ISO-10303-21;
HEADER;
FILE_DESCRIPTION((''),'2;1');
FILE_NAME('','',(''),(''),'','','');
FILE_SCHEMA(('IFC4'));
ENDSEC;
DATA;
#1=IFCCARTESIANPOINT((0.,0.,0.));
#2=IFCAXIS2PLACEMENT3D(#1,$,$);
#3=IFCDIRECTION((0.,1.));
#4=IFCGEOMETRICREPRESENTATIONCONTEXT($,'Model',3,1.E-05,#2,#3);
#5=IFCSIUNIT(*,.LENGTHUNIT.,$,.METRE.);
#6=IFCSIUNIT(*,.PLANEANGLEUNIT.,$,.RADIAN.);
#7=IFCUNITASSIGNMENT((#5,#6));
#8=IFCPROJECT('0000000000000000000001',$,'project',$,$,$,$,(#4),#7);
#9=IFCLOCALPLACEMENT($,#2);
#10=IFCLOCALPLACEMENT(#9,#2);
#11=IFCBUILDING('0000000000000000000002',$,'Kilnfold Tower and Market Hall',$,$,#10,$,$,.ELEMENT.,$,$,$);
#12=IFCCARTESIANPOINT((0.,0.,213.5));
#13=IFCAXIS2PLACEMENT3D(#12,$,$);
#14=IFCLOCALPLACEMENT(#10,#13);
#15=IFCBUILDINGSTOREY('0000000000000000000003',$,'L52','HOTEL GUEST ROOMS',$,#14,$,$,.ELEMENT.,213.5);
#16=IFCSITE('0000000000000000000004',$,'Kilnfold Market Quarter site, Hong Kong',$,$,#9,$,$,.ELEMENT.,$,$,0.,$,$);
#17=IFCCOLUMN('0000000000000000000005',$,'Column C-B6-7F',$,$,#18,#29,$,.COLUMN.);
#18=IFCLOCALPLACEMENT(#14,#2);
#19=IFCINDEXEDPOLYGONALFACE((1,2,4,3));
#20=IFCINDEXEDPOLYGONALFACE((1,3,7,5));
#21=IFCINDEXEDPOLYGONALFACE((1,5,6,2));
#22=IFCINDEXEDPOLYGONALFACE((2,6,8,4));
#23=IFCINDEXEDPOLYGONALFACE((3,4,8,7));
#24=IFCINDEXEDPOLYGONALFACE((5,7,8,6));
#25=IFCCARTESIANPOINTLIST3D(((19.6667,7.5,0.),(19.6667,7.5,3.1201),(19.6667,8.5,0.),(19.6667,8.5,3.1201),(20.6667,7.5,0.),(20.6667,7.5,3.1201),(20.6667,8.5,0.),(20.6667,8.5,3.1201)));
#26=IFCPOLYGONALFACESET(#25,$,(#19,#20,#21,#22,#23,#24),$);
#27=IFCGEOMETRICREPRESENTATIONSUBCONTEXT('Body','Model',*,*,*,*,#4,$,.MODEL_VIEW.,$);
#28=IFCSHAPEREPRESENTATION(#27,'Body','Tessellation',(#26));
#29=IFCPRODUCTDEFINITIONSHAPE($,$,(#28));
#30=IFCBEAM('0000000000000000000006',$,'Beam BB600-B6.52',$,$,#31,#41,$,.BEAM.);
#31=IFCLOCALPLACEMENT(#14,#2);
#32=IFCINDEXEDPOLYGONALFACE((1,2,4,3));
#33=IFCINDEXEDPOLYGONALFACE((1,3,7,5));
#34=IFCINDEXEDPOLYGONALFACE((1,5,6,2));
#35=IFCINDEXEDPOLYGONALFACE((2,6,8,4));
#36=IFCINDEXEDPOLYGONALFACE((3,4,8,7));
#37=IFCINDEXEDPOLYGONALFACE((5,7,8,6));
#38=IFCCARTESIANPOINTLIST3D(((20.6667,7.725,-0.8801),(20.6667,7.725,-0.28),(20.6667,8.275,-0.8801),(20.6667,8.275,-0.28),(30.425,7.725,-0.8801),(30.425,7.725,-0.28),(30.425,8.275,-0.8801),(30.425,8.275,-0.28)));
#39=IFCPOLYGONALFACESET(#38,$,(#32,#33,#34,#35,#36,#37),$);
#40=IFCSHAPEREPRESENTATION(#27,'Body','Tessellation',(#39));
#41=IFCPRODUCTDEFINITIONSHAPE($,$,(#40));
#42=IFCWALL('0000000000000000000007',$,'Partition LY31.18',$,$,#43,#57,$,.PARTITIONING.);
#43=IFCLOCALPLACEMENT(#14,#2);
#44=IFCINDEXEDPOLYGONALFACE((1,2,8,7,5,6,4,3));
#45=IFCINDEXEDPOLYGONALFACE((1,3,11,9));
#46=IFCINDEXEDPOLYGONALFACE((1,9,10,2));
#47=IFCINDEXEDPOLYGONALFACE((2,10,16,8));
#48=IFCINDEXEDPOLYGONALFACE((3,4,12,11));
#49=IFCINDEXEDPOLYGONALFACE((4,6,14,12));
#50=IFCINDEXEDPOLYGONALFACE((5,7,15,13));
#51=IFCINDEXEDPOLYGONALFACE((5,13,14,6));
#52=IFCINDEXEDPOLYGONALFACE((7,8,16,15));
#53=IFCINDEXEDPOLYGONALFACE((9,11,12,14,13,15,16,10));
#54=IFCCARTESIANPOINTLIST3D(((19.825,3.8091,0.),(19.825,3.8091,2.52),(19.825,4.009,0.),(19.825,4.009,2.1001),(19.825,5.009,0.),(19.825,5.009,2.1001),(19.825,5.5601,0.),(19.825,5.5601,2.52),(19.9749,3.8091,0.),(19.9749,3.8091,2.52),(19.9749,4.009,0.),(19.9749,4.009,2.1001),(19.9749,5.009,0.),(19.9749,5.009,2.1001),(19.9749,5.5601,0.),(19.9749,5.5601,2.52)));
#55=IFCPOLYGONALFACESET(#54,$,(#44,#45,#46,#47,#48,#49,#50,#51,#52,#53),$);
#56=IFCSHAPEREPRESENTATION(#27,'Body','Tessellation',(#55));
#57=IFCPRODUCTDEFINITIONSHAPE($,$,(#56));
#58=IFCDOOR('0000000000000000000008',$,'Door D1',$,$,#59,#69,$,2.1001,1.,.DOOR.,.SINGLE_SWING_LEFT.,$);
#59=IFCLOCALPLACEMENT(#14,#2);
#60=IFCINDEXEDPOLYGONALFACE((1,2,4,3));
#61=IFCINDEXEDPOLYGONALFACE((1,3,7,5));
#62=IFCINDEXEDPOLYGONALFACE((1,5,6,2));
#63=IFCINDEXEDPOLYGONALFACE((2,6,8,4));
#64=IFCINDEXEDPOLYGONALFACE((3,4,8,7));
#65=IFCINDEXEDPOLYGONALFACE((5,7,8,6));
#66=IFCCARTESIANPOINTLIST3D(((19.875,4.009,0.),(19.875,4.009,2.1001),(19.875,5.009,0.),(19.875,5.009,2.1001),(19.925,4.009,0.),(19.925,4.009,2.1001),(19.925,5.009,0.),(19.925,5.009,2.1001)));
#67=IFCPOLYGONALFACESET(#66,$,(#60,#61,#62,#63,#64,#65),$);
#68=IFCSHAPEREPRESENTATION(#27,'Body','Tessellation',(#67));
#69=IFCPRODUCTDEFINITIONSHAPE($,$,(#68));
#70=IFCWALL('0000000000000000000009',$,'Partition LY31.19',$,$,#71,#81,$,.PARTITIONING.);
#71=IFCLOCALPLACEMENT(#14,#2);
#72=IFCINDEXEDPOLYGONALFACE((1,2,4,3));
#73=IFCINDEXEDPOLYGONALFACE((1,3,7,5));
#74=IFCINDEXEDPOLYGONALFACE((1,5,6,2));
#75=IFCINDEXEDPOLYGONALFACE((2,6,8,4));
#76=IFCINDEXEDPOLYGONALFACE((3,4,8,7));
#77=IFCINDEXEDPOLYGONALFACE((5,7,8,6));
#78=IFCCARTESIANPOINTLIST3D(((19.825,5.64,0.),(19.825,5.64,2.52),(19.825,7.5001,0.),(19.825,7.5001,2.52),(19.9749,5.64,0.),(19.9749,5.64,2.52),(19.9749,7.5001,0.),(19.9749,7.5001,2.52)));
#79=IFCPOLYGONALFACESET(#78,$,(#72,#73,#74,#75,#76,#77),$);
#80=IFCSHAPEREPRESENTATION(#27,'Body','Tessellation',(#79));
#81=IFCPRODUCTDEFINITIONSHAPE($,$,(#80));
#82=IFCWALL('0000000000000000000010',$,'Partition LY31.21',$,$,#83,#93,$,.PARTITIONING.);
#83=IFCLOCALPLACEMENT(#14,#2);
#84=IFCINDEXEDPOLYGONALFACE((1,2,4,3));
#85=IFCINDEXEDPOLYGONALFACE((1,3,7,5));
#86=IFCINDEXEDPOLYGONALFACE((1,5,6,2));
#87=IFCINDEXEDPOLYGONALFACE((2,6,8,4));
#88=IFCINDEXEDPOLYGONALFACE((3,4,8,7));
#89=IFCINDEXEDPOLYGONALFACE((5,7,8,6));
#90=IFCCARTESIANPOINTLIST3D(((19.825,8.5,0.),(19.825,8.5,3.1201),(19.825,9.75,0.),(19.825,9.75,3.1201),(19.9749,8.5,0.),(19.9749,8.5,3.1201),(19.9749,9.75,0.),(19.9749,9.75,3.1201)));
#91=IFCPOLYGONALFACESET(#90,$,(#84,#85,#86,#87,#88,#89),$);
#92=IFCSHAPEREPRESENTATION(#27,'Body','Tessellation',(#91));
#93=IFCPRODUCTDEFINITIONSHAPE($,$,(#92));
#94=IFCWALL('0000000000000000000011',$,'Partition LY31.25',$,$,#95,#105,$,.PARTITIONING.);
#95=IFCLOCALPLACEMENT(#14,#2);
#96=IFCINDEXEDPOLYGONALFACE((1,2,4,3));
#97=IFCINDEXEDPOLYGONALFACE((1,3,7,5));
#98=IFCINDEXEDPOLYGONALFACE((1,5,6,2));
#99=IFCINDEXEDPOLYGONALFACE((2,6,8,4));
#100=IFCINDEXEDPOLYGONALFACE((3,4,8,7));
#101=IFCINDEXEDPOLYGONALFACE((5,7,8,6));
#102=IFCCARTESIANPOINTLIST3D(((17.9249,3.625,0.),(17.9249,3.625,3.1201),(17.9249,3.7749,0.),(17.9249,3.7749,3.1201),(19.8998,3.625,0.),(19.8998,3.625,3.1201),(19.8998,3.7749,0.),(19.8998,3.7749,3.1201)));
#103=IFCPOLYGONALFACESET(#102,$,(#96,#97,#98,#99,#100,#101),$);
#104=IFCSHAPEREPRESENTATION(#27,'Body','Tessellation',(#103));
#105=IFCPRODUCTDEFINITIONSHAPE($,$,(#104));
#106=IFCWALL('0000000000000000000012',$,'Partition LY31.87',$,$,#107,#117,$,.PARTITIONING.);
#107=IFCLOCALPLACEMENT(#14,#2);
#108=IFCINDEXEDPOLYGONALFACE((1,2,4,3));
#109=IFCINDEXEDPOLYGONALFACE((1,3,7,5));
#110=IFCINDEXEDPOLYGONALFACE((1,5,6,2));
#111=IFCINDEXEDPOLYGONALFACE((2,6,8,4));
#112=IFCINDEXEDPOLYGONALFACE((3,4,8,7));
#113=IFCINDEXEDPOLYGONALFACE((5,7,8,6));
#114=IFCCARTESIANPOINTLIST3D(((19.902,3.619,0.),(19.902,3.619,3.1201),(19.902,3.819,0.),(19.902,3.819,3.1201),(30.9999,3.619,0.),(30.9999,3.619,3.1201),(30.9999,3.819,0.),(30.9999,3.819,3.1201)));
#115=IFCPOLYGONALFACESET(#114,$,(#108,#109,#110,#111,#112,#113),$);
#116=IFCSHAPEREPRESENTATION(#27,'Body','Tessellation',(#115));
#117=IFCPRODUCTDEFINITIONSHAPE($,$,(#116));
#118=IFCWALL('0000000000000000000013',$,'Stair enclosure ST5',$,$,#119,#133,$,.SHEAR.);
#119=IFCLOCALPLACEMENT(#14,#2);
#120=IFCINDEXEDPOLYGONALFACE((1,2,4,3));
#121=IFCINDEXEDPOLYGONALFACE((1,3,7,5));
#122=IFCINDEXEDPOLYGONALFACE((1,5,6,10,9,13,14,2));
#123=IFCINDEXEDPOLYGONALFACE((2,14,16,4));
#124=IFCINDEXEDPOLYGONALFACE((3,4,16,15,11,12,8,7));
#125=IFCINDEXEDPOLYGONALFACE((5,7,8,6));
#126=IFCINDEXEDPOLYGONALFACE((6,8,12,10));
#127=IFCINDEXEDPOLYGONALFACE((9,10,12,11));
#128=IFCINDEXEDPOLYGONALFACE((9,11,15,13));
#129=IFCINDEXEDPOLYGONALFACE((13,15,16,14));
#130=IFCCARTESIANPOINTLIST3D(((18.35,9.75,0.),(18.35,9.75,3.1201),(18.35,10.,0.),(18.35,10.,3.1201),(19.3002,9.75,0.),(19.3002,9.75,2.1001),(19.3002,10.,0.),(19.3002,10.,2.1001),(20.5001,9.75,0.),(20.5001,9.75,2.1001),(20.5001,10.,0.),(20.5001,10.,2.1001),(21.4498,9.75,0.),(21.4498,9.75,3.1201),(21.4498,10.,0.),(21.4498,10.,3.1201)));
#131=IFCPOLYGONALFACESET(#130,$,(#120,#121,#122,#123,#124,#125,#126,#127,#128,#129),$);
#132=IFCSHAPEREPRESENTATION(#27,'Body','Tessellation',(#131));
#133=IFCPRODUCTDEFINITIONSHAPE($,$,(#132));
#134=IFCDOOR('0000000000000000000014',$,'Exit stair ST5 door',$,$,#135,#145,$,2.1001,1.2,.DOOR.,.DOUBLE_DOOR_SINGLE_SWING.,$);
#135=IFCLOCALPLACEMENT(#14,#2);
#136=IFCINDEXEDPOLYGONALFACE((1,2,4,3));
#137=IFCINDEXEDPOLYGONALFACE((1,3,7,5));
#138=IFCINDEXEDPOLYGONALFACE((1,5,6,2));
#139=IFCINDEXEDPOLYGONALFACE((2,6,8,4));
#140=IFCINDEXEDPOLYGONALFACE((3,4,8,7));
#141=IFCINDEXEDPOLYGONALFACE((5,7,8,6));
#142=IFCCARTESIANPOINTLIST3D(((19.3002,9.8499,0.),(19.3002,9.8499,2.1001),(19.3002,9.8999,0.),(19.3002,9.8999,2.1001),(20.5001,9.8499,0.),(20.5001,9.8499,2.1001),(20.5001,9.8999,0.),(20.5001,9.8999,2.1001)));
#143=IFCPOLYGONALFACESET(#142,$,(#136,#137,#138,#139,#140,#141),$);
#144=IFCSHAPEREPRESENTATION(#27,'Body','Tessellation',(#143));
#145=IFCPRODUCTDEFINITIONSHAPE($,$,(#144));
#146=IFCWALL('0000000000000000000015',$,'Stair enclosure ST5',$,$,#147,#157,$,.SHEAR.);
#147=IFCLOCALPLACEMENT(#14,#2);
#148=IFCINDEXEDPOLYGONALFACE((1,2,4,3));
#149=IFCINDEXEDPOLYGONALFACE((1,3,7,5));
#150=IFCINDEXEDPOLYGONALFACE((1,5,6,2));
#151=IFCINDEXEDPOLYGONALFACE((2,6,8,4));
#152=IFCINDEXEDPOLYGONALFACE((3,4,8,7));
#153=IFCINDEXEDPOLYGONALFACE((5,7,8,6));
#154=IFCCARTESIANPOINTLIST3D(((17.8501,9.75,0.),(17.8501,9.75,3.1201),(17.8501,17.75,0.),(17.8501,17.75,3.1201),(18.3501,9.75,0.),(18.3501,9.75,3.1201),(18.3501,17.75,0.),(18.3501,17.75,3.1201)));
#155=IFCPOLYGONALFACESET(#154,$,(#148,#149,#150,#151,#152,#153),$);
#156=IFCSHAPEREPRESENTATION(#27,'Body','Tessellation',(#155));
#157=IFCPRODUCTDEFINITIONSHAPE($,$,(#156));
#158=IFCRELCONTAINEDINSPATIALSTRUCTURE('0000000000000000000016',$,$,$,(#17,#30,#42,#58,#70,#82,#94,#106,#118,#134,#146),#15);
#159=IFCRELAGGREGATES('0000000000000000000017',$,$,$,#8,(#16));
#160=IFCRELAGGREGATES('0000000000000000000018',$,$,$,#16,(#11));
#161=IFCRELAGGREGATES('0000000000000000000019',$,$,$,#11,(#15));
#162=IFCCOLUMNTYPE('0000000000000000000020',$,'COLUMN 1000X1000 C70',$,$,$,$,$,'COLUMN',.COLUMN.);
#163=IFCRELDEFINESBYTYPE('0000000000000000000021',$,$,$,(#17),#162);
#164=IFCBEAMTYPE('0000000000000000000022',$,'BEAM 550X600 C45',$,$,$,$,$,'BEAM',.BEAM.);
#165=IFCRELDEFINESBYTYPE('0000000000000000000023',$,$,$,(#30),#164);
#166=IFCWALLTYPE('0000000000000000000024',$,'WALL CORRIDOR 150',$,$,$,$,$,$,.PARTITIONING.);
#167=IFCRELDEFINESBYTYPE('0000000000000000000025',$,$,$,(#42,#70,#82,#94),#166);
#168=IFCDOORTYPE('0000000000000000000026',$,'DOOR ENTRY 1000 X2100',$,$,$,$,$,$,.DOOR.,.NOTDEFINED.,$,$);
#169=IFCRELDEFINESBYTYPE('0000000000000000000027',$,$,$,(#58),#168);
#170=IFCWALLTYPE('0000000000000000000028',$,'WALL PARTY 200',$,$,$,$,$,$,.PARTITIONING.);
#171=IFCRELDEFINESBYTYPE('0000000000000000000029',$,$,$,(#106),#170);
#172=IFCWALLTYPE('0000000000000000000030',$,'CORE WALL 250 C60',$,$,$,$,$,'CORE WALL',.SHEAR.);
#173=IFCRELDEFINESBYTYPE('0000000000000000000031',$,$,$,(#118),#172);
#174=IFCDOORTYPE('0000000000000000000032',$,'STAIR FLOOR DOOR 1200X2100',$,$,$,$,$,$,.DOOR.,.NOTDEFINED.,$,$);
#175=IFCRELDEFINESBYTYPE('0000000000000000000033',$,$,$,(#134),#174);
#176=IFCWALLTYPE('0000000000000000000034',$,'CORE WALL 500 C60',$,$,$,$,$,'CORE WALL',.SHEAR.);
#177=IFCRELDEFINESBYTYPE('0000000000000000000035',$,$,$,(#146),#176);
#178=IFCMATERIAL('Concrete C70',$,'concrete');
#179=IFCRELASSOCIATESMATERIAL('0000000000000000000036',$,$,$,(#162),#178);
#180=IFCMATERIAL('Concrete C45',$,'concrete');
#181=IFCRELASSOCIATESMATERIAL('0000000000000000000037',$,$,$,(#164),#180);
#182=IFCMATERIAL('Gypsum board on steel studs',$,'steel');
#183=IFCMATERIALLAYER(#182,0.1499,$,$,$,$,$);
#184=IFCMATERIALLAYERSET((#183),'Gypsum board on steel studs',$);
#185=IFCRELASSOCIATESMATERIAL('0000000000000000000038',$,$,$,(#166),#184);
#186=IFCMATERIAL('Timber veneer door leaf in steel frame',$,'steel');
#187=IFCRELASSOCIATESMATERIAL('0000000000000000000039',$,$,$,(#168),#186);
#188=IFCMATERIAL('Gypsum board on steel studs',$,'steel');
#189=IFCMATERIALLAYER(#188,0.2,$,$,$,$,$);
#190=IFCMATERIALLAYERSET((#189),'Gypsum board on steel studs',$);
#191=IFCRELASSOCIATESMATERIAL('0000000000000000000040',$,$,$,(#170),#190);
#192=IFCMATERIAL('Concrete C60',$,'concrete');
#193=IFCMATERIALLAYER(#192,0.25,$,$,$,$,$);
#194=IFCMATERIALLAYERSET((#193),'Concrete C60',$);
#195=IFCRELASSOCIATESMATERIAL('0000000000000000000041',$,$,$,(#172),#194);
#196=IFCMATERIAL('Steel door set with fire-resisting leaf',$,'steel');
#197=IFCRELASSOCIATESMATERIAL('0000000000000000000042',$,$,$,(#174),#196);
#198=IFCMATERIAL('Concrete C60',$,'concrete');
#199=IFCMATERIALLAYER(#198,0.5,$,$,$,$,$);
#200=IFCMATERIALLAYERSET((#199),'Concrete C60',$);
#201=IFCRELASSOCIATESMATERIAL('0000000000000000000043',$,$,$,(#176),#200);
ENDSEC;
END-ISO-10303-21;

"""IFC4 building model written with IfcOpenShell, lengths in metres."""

from ifc_helpers import new_model, si_unit, direction, frame, frame_2d, origin, origin_2d, place, context, subcontext, project, spatial, rectangle, extrude, source, transform, mapped, material, layer, layer_set, material_profile, profile_set, type_object, element, fill, save


model = new_model("IFC4")

# Units and contexts
model_context = context("Model", 3, precision=1e-05, world=origin(), true_north=direction((0.0, 1.0)))
body_context = subcontext(model_context, "Body", "Model", "MODEL_VIEW")
ifc_project = project(units=[si_unit("LENGTHUNIT", "METRE"), si_unit("PLANEANGLEUNIT", "RADIAN")], contexts=[model_context])

# Site, building, storey
site_placement = place(None, origin())
site = spatial("IfcSite", under=ifc_project, at=site_placement, Name="Kilnfold Market Quarter site, Hong Kong", CompositionType="ELEMENT", RefElevation=0.0)
building_placement = place(site_placement, origin())
building = spatial("IfcBuilding", under=site, at=building_placement, Name="Kilnfold Tower and Market Hall", CompositionType="ELEMENT")
storey_placement = place(building_placement, frame((0.0, 0.0, 213.5)))
storey = spatial("IfcBuildingStorey", under=building, at=storey_placement, Name="L52", Description="HOTEL GUEST ROOMS", CompositionType="ELEMENT", Elevation=213.5)

# Column
ifc_material_1 = material(Name="Concrete C70", Category="concrete")
ifc_material_profile_1 = material_profile(ifc_material_1, rectangle(XDim=1.0, YDim=1.0, at=origin_2d()), Name="RC 1000x1000")
ifc_profile_set_1 = profile_set([ifc_material_profile_1], Name="Concrete C70")
column_type = type_object("IfcColumnType", Name="COLUMN 1000X1000 C70", ElementType="COLUMN", PredefinedType="COLUMN", material=ifc_profile_set_1)
shared_shape_1 = source(origin(), body_context, "Body", "SweptSolid", [
    extrude(rectangle(XDim=1.0, YDim=1.0, at=origin_2d()), origin(), (0.0, 0.0, 1.0), 3.1201),
])
column_placement = place(storey_placement, frame((20.1667, 8.0, 0.0), z_axis=(0.0, 0.0, 1.0), x_axis=(1.0, 0.0, 0.0)))
element("IfcColumn", 1, at=column_placement, inside=storey, type_object=column_type, Name="Column C-B6-7F", PredefinedType="COLUMN", context=body_context, shape_type="MappedRepresentation", body=[
    mapped(shared_shape_1, transform((0.0, 0.0, 0.0))),
])

# Beam
ifc_material_2 = material(Name="Concrete C45", Category="concrete")
ifc_material_profile_2 = material_profile(ifc_material_2, rectangle(XDim=0.55, YDim=0.6001, at=origin_2d()), Name="RC 550x600")
ifc_profile_set_2 = profile_set([ifc_material_profile_2], Name="Concrete C45")
beam_type = type_object("IfcBeamType", Name="BEAM 550X600 C45", ElementType="BEAM", PredefinedType="BEAM", material=ifc_profile_set_2)
shared_shape_2 = source(origin(), body_context, "Body", "SweptSolid", [
    extrude(rectangle(XDim=0.55, YDim=0.6001, at=origin_2d()), origin(), (0.0, 0.0, 1.0), 9.7583),
])
beam_placement = place(storey_placement, frame((20.6667, 8.0, -0.5801), z_axis=(1.0, 0.0, 0.0), x_axis=(0.0, 1.0, 0.0)))
element("IfcBeam", 2, at=beam_placement, inside=storey, type_object=beam_type, Name="Beam BB600-B6.52", PredefinedType="BEAM", context=body_context, shape_type="MappedRepresentation", body=[
    mapped(shared_shape_2, transform((0.0, 0.0, 0.0))),
])

# Wall, opening, door
ifc_material_3 = material(Name="Gypsum board on steel studs", Category="steel")
ifc_layer_1 = layer(ifc_material_3, 0.1499)
ifc_layer_set_1 = layer_set([ifc_layer_1], Name="Gypsum board on steel studs")
wall_type_1 = type_object("IfcWallType", Name="WALL CORRIDOR 150", PredefinedType="PARTITIONING", material=ifc_layer_set_1)
wall_1_placement = place(storey_placement, frame((19.8999, 3.8091, 0.0), z_axis=(0.0, 0.0, 1.0), x_axis=(0.0, 1.0, 0.0)))
wall_1 = element("IfcWall", 3, at=wall_1_placement, inside=storey, type_object=wall_type_1, Name="Partition LY31.18", PredefinedType="PARTITIONING", context=body_context, shape_type="SweptSolid", body=[
    extrude(rectangle(XDim=1.751, YDim=0.1499, at=frame_2d((0.8755, 0.0))), origin(), (0.0, 0.0, 1.0), 2.52),
])
opening_1_placement = place(wall_1_placement, frame((0.2, 0.0, 0.0)))
opening_1 = element("IfcOpeningElement", 4, at=opening_1_placement, cuts=wall_1, PredefinedType="OPENING", context=body_context, shape_type="SweptSolid", body=[
    extrude(rectangle(XDim=1.0, YDim=2.1001, at=frame_2d((0.5, 1.05))), frame((0.0, 0.085, 0.0), z_axis=(0.0, -1.0, 0.0), x_axis=(1.0, 0.0, 0.0)), (0.0, 0.0, 1.0), 0.1699),
])
ifc_material_4 = material(Name="Timber veneer door leaf in steel frame", Category="steel")
door_type_1 = type_object("IfcDoorType", Name="DOOR ENTRY 1000 X2100", OperationType="NOTDEFINED", PredefinedType="DOOR", material=ifc_material_4)
door_1_placement = place(opening_1_placement, origin())
door_1 = element("IfcDoor", 5, at=door_1_placement, inside=storey, type_object=door_type_1, Name="Door D1", OperationType="SINGLE_SWING_LEFT", OverallHeight=2.1001, OverallWidth=1.0, PredefinedType="DOOR", context=body_context, shape_type="SweptSolid", body=[
    extrude(rectangle(XDim=1.0, YDim=2.1001, at=frame_2d((0.5, 1.05))), frame((0.0, 0.0249, 0.0), z_axis=(0.0, -1.0, 0.0), x_axis=(1.0, 0.0, 0.0)), (0.0, 0.0, 1.0), 0.05),
])
fill(opening_1, door_1)

# Walls
wall_2_placement = place(storey_placement, frame((19.8999, 5.6399, 0.0), z_axis=(0.0, 0.0, 1.0), x_axis=(0.0, 1.0, 0.0)))
element("IfcWall", 6, at=wall_2_placement, inside=storey, type_object=wall_type_1, Name="Partition LY31.19", PredefinedType="PARTITIONING", context=body_context, shape_type="SweptSolid", body=[
    extrude(rectangle(XDim=1.8601, YDim=0.1499, at=frame_2d((0.9302, 0.0))), origin(), (0.0, 0.0, 1.0), 2.52),
])
wall_3_placement = place(storey_placement, frame((19.8999, 8.5, 0.0), z_axis=(0.0, 0.0, 1.0), x_axis=(0.0, 1.0, 0.0)))
element("IfcWall", 7, at=wall_3_placement, inside=storey, type_object=wall_type_1, Name="Partition LY31.21", PredefinedType="PARTITIONING", context=body_context, shape_type="SweptSolid", body=[
    extrude(rectangle(XDim=1.25, YDim=0.1499, at=frame_2d((0.625, 0.0))), origin(), (0.0, 0.0, 1.0), 3.1201),
])
wall_4_placement = place(storey_placement, frame((17.925, 3.7, 0.0), z_axis=(0.0, 0.0, 1.0), x_axis=(1.0, 0.0, 0.0)))
element("IfcWall", 8, at=wall_4_placement, inside=storey, type_object=wall_type_1, Name="Partition LY31.25", PredefinedType="PARTITIONING", context=body_context, shape_type="SweptSolid", body=[
    extrude(rectangle(XDim=1.9749, YDim=0.1499, at=frame_2d((0.9873, 0.0))), origin(), (0.0, 0.0, 1.0), 3.1201),
])
ifc_material_5 = material(Name="Gypsum board on steel studs", Category="steel")
ifc_layer_2 = layer(ifc_material_5, 0.2)
ifc_layer_set_2 = layer_set([ifc_layer_2], Name="Gypsum board on steel studs")
wall_type_2 = type_object("IfcWallType", Name="WALL PARTY 200", PredefinedType="PARTITIONING", material=ifc_layer_set_2)
wall_5_placement = place(storey_placement, frame((19.9021, 3.719, 0.0), z_axis=(0.0, 0.0, 1.0), x_axis=(1.0, 0.0, 0.0)))
element("IfcWall", 9, at=wall_5_placement, inside=storey, type_object=wall_type_2, Name="Partition LY31.87", PredefinedType="PARTITIONING", context=body_context, shape_type="SweptSolid", body=[
    extrude(rectangle(XDim=11.0979, YDim=0.2, at=frame_2d((5.5488, 0.0))), origin(), (0.0, 0.0, 1.0), 3.1201),
])

# Wall, opening, door
ifc_material_6 = material(Name="Concrete C60", Category="concrete")
ifc_layer_3 = layer(ifc_material_6, 0.25)
ifc_layer_set_3 = layer_set([ifc_layer_3], Name="Concrete C60")
wall_type_3 = type_object("IfcWallType", Name="CORE WALL 250 C60", ElementType="CORE WALL", PredefinedType="SHEAR", material=ifc_layer_set_3)
shared_shape_3 = source(origin(), body_context, "Body", "SweptSolid", [
    extrude(rectangle(XDim=3.0999, YDim=0.25, at=frame_2d((1.5498, 0.0))), origin(), (0.0, 0.0, 1.0), 3.1201),
])
wall_6_placement = place(storey_placement, frame((18.3501, 9.875, 0.0), z_axis=(0.0, 0.0, 1.0), x_axis=(1.0, 0.0, 0.0)))
wall_6 = element("IfcWall", 10, at=wall_6_placement, inside=storey, type_object=wall_type_3, Name="Stair enclosure ST5", PredefinedType="SHEAR", context=body_context, shape_type="MappedRepresentation", body=[
    mapped(shared_shape_3, transform((0.0, 0.0, 0.0))),
])
opening_2_placement = place(wall_6_placement, frame((0.95, 0.0, 0.0)))
opening_2 = element("IfcOpeningElement", 11, at=opening_2_placement, cuts=wall_6, PredefinedType="OPENING", context=body_context, shape_type="SweptSolid", body=[
    extrude(rectangle(XDim=1.2, YDim=2.1001, at=frame_2d((0.6001, 1.05))), frame((0.0, 0.135, 0.0), z_axis=(0.0, -1.0, 0.0), x_axis=(1.0, 0.0, 0.0)), (0.0, 0.0, 1.0), 0.27),
])
ifc_material_7 = material(Name="Steel door set with fire-resisting leaf", Category="steel")
door_type_2 = type_object("IfcDoorType", Name="STAIR FLOOR DOOR 1200X2100", OperationType="NOTDEFINED", PredefinedType="DOOR", material=ifc_material_7)
door_2_placement = place(opening_2_placement, origin())
door_2 = element("IfcDoor", 12, at=door_2_placement, inside=storey, type_object=door_type_2, Name="Exit stair ST5 door", OperationType="DOUBLE_DOOR_SINGLE_SWING", OverallHeight=2.1001, OverallWidth=1.2, PredefinedType="DOOR", context=body_context, shape_type="SweptSolid", body=[
    extrude(rectangle(XDim=1.2, YDim=2.1001, at=frame_2d((0.6001, 1.05))), frame((0.0, 0.0249, 0.0), z_axis=(0.0, -1.0, 0.0), x_axis=(1.0, 0.0, 0.0)), (0.0, 0.0, 1.0), 0.05),
])
fill(opening_2, door_2)

# Wall
ifc_material_8 = material(Name="Concrete C60", Category="concrete")
ifc_layer_4 = layer(ifc_material_8, 0.5)
ifc_layer_set_4 = layer_set([ifc_layer_4], Name="Concrete C60")
wall_type_4 = type_object("IfcWallType", Name="CORE WALL 500 C60", ElementType="CORE WALL", PredefinedType="SHEAR", material=ifc_layer_set_4)
shared_shape_4 = source(origin(), body_context, "Body", "SweptSolid", [
    extrude(rectangle(XDim=8.0, YDim=0.5, at=frame_2d((4.0, 0.0))), origin(), (0.0, 0.0, 1.0), 3.1201),
])
wall_7_placement = place(storey_placement, frame((18.1001, 9.75, 0.0), z_axis=(0.0, 0.0, 1.0), x_axis=(0.0, 1.0, 0.0)))
element("IfcWall", 13, at=wall_7_placement, inside=storey, type_object=wall_type_4, Name="Stair enclosure ST5", PredefinedType="SHEAR", context=body_context, shape_type="MappedRepresentation", body=[
    mapped(shared_shape_4, transform((0.0, 0.0, 0.0))),
])

save(model, "model.ifc")
